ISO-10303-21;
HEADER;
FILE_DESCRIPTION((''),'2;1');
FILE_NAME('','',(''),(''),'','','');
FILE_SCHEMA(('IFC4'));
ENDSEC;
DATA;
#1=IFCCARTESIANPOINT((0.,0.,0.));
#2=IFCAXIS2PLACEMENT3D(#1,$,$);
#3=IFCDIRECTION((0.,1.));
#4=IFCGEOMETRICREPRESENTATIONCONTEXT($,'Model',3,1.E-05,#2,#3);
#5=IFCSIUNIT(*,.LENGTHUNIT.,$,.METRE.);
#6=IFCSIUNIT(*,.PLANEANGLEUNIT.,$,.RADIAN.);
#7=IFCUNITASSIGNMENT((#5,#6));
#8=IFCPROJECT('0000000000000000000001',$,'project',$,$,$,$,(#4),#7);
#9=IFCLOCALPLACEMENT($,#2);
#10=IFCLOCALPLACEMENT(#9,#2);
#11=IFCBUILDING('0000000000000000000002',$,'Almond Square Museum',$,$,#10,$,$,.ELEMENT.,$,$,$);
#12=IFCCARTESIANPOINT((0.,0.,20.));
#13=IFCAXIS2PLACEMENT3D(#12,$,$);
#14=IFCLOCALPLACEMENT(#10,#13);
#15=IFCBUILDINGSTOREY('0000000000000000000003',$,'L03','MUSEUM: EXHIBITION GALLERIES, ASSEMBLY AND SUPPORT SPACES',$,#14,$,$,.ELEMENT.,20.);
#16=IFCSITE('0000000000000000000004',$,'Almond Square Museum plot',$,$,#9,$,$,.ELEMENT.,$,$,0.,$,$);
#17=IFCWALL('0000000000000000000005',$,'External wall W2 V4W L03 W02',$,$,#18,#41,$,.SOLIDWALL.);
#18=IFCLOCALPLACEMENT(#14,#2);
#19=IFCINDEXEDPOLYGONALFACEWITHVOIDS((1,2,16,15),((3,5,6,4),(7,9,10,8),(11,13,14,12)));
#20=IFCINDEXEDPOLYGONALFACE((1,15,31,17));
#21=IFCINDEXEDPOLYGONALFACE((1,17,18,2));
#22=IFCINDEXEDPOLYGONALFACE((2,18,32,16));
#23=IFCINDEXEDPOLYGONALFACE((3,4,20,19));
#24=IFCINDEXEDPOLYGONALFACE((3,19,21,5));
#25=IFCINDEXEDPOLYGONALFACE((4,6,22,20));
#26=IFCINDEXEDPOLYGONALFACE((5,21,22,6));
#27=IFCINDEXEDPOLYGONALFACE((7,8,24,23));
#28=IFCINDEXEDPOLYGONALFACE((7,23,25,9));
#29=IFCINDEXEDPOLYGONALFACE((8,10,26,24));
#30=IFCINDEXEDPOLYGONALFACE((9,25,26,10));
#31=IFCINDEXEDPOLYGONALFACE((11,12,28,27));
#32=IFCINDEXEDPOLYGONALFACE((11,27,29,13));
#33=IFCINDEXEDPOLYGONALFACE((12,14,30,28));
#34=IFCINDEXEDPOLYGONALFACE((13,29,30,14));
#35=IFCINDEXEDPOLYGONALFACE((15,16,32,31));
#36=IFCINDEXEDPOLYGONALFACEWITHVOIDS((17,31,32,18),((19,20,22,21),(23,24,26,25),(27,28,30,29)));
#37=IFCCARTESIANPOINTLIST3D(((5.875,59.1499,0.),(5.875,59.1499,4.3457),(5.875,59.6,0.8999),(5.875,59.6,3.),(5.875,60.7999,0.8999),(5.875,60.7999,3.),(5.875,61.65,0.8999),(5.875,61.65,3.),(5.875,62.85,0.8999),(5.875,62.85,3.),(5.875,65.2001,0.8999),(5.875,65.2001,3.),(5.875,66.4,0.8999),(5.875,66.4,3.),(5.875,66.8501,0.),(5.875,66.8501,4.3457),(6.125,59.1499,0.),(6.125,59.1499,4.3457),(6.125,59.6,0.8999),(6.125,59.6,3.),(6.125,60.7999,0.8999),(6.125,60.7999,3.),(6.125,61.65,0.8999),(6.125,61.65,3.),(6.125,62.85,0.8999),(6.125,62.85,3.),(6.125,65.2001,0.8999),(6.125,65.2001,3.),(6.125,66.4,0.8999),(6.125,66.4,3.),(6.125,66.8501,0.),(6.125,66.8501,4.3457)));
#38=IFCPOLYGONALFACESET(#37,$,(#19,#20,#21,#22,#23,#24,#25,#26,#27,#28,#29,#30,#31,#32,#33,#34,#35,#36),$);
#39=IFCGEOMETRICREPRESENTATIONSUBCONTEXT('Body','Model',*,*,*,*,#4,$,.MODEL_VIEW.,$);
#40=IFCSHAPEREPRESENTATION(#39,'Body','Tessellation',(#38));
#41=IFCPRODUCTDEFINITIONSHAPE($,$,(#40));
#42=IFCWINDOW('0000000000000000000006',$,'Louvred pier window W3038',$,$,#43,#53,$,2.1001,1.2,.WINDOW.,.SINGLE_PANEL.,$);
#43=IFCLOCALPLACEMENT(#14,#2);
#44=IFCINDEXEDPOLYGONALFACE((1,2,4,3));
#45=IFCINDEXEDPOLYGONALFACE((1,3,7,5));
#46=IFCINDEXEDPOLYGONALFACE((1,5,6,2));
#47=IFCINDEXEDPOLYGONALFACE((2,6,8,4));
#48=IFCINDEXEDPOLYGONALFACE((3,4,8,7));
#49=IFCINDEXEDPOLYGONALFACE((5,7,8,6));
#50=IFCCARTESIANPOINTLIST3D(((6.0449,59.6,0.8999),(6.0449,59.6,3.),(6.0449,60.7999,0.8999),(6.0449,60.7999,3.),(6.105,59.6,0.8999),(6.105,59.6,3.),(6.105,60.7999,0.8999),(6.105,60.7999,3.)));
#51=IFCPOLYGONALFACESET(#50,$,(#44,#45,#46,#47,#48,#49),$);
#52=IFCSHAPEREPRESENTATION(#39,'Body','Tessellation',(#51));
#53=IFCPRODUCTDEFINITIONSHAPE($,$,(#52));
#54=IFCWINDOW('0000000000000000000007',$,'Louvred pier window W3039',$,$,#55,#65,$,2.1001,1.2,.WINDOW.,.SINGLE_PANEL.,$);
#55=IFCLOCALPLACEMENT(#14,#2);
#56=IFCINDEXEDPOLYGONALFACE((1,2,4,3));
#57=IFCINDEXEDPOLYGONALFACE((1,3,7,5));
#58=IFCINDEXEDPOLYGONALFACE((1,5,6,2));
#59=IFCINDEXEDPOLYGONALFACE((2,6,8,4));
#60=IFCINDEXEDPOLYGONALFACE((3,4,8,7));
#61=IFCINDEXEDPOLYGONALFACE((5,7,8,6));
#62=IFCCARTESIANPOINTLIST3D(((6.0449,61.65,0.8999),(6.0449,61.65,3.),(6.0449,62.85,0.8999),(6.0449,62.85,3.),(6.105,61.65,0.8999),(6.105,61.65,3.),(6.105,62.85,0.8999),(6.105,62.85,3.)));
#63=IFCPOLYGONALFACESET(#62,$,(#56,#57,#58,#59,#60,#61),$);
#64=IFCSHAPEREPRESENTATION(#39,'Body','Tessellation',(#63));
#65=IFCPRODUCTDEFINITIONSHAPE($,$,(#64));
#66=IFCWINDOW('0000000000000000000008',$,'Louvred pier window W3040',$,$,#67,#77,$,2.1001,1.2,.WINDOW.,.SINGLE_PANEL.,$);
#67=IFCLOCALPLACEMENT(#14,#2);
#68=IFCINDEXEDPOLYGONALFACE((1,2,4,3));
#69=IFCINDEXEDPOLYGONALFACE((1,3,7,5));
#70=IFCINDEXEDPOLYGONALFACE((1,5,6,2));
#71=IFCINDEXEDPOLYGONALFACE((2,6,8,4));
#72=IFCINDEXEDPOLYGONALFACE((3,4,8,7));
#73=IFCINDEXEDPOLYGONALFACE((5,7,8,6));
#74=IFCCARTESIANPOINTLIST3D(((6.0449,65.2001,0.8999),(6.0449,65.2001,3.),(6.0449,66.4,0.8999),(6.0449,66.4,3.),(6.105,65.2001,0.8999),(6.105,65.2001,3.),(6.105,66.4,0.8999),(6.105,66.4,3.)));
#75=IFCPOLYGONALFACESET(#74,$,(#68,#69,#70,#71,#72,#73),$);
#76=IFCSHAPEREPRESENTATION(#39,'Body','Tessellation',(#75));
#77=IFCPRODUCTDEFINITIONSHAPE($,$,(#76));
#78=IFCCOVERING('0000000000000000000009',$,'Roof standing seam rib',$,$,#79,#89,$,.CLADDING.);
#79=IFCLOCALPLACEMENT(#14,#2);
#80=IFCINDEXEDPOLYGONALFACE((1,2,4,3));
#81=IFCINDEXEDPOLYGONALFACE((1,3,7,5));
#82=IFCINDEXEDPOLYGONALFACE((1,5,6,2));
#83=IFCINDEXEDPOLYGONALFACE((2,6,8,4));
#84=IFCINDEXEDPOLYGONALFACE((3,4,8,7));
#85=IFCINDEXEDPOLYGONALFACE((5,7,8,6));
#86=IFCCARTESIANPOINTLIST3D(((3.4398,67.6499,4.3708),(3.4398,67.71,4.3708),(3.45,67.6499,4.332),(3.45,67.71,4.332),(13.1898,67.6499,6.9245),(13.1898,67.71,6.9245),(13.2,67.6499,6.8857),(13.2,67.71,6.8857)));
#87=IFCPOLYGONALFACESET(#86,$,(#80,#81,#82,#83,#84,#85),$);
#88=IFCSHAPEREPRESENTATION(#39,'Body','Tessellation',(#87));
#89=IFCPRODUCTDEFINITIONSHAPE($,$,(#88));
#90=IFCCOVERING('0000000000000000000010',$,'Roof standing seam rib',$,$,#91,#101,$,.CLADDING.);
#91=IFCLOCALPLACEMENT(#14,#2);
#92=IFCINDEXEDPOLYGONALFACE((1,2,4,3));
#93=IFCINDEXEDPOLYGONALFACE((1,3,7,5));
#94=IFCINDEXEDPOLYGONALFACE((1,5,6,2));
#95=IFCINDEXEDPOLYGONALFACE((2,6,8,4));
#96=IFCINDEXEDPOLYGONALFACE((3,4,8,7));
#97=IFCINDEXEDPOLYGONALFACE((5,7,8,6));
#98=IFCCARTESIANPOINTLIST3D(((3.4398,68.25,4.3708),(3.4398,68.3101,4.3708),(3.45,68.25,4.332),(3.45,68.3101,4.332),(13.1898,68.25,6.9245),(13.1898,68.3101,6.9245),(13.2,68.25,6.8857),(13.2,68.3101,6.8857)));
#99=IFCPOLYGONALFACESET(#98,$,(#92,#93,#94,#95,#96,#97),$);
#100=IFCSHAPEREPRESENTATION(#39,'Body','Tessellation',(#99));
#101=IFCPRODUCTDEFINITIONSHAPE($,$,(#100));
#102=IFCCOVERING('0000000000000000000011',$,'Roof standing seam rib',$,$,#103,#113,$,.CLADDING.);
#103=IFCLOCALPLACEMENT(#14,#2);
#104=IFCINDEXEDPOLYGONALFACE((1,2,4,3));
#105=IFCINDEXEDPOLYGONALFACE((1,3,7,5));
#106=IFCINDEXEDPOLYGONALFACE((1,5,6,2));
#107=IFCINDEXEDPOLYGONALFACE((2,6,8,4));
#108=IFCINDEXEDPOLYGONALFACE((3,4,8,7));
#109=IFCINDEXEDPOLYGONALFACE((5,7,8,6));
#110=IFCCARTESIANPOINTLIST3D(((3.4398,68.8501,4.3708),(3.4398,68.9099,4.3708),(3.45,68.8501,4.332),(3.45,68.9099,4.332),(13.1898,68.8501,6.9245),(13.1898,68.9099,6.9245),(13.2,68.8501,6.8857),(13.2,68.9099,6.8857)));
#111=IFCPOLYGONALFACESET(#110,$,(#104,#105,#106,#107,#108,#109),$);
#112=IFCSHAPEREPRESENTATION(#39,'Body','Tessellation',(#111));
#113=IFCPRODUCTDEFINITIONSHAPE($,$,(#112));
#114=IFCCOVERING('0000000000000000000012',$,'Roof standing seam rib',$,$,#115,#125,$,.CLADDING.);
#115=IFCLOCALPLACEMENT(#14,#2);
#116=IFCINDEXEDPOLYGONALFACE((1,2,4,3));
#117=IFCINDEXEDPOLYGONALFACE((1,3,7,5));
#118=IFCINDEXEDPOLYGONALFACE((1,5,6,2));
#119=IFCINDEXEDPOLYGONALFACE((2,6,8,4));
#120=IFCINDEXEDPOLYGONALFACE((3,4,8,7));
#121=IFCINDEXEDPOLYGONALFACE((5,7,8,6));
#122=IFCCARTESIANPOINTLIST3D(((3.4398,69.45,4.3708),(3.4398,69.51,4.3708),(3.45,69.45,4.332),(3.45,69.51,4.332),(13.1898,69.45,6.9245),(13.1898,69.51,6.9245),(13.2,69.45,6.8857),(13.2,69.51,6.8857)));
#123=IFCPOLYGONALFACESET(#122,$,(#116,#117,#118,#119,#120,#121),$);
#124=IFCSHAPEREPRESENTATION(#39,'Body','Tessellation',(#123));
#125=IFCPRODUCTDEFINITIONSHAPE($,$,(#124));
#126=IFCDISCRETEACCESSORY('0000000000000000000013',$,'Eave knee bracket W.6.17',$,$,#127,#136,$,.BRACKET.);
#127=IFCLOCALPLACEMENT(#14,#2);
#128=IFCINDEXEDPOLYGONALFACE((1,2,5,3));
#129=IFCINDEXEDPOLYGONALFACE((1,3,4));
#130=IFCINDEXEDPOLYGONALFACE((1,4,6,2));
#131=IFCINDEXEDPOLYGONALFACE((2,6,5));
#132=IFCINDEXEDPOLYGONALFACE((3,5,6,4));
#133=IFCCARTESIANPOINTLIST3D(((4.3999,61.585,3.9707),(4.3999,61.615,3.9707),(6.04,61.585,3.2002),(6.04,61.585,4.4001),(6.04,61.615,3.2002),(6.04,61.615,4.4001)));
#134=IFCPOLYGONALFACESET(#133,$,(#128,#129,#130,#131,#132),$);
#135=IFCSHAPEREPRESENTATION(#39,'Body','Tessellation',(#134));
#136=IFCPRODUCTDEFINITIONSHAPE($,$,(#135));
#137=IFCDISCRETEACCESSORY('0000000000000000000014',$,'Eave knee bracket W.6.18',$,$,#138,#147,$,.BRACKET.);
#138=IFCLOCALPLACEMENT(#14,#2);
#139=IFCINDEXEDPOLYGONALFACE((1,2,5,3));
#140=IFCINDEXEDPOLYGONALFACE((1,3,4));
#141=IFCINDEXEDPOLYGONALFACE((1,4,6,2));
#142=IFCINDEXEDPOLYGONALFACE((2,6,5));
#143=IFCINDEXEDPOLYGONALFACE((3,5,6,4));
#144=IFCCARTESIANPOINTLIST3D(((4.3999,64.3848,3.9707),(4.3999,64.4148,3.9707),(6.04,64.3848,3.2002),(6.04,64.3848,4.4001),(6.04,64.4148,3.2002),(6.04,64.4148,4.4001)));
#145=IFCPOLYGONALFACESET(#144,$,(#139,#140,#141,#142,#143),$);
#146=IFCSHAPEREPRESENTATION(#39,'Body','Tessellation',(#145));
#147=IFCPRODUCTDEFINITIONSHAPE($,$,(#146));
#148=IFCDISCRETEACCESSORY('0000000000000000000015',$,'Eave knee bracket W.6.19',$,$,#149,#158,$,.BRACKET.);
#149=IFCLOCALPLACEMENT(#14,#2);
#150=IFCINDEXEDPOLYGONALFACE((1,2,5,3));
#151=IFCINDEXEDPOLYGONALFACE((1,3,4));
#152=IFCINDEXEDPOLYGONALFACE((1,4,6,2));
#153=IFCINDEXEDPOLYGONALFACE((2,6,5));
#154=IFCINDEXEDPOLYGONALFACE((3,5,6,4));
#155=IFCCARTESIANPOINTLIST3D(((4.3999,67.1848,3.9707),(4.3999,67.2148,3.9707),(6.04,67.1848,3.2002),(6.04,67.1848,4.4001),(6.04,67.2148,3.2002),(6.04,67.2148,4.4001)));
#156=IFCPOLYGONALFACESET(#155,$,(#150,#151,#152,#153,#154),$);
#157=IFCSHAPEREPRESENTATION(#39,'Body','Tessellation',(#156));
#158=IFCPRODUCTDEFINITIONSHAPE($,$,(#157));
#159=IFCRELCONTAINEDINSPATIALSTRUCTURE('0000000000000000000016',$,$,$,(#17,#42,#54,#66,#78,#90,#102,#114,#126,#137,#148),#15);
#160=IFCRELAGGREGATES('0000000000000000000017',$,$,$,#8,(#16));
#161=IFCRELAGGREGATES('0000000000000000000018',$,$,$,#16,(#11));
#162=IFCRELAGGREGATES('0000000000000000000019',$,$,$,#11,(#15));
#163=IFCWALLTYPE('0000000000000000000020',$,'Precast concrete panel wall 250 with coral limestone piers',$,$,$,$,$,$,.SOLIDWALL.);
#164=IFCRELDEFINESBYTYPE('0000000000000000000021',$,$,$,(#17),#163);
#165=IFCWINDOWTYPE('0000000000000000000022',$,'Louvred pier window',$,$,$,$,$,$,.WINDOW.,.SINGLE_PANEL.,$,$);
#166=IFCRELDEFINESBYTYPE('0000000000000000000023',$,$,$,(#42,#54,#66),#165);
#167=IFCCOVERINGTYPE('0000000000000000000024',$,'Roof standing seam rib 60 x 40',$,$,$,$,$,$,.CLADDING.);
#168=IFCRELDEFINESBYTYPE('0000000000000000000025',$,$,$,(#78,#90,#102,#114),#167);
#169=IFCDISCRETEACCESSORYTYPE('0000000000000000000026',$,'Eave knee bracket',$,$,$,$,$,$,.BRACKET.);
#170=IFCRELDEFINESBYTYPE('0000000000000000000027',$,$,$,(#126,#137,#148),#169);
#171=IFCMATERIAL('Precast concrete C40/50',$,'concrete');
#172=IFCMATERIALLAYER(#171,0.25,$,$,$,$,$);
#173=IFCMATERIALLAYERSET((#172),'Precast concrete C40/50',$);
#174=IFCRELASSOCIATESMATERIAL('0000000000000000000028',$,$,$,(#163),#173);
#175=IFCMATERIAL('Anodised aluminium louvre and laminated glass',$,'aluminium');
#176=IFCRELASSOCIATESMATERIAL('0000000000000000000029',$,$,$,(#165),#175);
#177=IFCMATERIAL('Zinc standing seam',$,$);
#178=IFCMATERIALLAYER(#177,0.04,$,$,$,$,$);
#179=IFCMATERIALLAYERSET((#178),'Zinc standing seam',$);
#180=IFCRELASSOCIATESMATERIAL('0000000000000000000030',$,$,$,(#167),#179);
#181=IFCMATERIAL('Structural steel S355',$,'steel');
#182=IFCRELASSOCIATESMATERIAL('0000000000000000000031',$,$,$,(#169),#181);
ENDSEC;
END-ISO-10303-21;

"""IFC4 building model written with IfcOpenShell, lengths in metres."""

from ifc_helpers import new_model, si_unit, direction, frame, frame_2d, origin, place, context, subcontext, project, spatial, polyline, rectangle, outline, extrude, material, layer, layer_set, type_object, element, fill, save


model = new_model("IFC4")

# Units and contexts
model_context = context("Model", 3, precision=1e-05, world=origin(), true_north=direction((0.0, 1.0)))
body_context = subcontext(model_context, "Body", "Model", "MODEL_VIEW")
ifc_project = project(units=[si_unit("LENGTHUNIT", "METRE"), si_unit("PLANEANGLEUNIT", "RADIAN")], contexts=[model_context])

# Site, building, storey
site_placement = place(None, origin())
site = spatial("IfcSite", under=ifc_project, at=site_placement, Name="Almond Square Museum plot", CompositionType="ELEMENT", RefElevation=0.0)
building_placement = place(site_placement, origin())
building = spatial("IfcBuilding", under=site, at=building_placement, Name="Almond Square Museum", CompositionType="ELEMENT")
storey_placement = place(building_placement, frame((0.0, 0.0, 20.0)))
storey = spatial("IfcBuildingStorey", under=building, at=storey_placement, Name="L03", Description="MUSEUM: EXHIBITION GALLERIES, ASSEMBLY AND SUPPORT SPACES", CompositionType="ELEMENT", Elevation=20.0)

# Wall, openings, windows
ifc_material_1 = material(Name="Precast concrete C40/50", Category="concrete")
ifc_layer_1 = layer(ifc_material_1, 0.25)
ifc_layer_set_1 = layer_set([ifc_layer_1], Name="Precast concrete C40/50")
wall_type_1 = type_object("IfcWallType", Name="Precast concrete panel wall 250 with coral limestone piers", PredefinedType="SOLIDWALL", material=ifc_layer_set_1)
ifc_material_2 = material(Name="Anodised aluminium louvre and laminated glass", Category="aluminium")
window_type = type_object("IfcWindowType", Name="Louvred pier window", PartitioningType="SINGLE_PANEL", PredefinedType="WINDOW", material=ifc_material_2)
wall_1_placement = place(storey_placement, frame((6.0, 59.1499, 0.0), z_axis=(0.0, 0.0, 1.0), x_axis=(0.0, 1.0, 0.0)))
wall_1 = element("IfcWall", 1, at=wall_1_placement, inside=storey, type_object=wall_type_1, Name="External wall W2 V4W L03 W02", PredefinedType="SOLIDWALL", context=body_context, shape_type="SweptSolid", body=[
    extrude(rectangle(XDim=7.7002, YDim=0.25, at=frame_2d((3.8501, 0.0))), origin(), (0.0, 0.0, 1.0), 4.3457),
])
opening_1_placement = place(wall_1_placement, frame((0.45, 0.0, 0.8999)))
opening_1 = element("IfcOpeningElement", 2, at=opening_1_placement, cuts=wall_1, PredefinedType="OPENING", context=body_context, shape_type="SweptSolid", body=[
    extrude(rectangle(XDim=1.2, YDim=2.1001, at=frame_2d((0.6001, 1.05))), frame((0.0, 0.135, 0.0), z_axis=(0.0, -1.0, 0.0), x_axis=(1.0, 0.0, 0.0)), (0.0, 0.0, 1.0), 0.27),
])
opening_2_placement = place(wall_1_placement, frame((2.5, 0.0, 0.8999)))
opening_2 = element("IfcOpeningElement", 3, at=opening_2_placement, cuts=wall_1, PredefinedType="OPENING", context=body_context, shape_type="SweptSolid", body=[
    extrude(rectangle(XDim=1.2, YDim=2.1001, at=frame_2d((0.6001, 1.05))), frame((0.0, 0.135, 0.0), z_axis=(0.0, -1.0, 0.0), x_axis=(1.0, 0.0, 0.0)), (0.0, 0.0, 1.0), 0.27),
])
opening_3_placement = place(wall_1_placement, frame((6.05, 0.0, 0.8999)))
opening_3 = element("IfcOpeningElement", 4, at=opening_3_placement, cuts=wall_1, PredefinedType="OPENING", context=body_context, shape_type="SweptSolid", body=[
    extrude(rectangle(XDim=1.2, YDim=2.1001, at=frame_2d((0.6001, 1.05))), frame((0.0, 0.135, 0.0), z_axis=(0.0, -1.0, 0.0), x_axis=(1.0, 0.0, 0.0)), (0.0, 0.0, 1.0), 0.27),
])
window_1_placement = place(opening_1_placement, origin())
window_1 = element("IfcWindow", 5, at=window_1_placement, inside=storey, type_object=window_type, Name="Louvred pier window W3038", OverallHeight=2.1001, OverallWidth=1.2, PartitioningType="SINGLE_PANEL", PredefinedType="WINDOW", context=body_context, shape_type="SweptSolid", body=[
    extrude(rectangle(XDim=1.2, YDim=2.1001, at=frame_2d((0.6001, 1.05))), frame((0.0, -0.0449, 0.0), z_axis=(0.0, -1.0, 0.0), x_axis=(1.0, 0.0, 0.0)), (0.0, 0.0, 1.0), 0.0601),
])
fill(opening_1, window_1)
window_2_placement = place(opening_2_placement, origin())
window_2 = element("IfcWindow", 6, at=window_2_placement, inside=storey, type_object=window_type, Name="Louvred pier window W3039", OverallHeight=2.1001, OverallWidth=1.2, PartitioningType="SINGLE_PANEL", PredefinedType="WINDOW", context=body_context, shape_type="SweptSolid", body=[
    extrude(rectangle(XDim=1.2, YDim=2.1001, at=frame_2d((0.6001, 1.05))), frame((0.0, -0.0449, 0.0), z_axis=(0.0, -1.0, 0.0), x_axis=(1.0, 0.0, 0.0)), (0.0, 0.0, 1.0), 0.0601),
])
fill(opening_2, window_2)
window_3_placement = place(opening_3_placement, origin())
window_3 = element("IfcWindow", 7, at=window_3_placement, inside=storey, type_object=window_type, Name="Louvred pier window W3040", OverallHeight=2.1001, OverallWidth=1.2, PartitioningType="SINGLE_PANEL", PredefinedType="WINDOW", context=body_context, shape_type="SweptSolid", body=[
    extrude(rectangle(XDim=1.2, YDim=2.1001, at=frame_2d((0.6001, 1.05))), frame((0.0, -0.0449, 0.0), z_axis=(0.0, -1.0, 0.0), x_axis=(1.0, 0.0, 0.0)), (0.0, 0.0, 1.0), 0.0601),
])
fill(opening_3, window_3)

# Coverings
ifc_material_3 = material(Name="Zinc standing seam")
ifc_layer_2 = layer(ifc_material_3, 0.04)
ifc_layer_set_2 = layer_set([ifc_layer_2], Name="Zinc standing seam")
covering_type = type_object("IfcCoveringType", Name="Roof standing seam rib 60 x 40", PredefinedType="CLADDING", material=ifc_layer_set_2)
for number, where, z_axis, x_axis, name in (
    (8, (13.2, 67.6499, 6.8857), (-0.253372, 0.0, 0.967369), (0.0, 1.0, 0.0), "Roof standing seam rib"),
    (9, (13.2, 68.25, 6.8857), (-0.253372, 0.0, 0.967369), (0.0, 1.0, 0.0), "Roof standing seam rib"),
):
    element("IfcCovering", number, at=place(storey_placement, frame(where, z_axis=z_axis, x_axis=x_axis)), inside=storey, type_object=covering_type, Name=name, PredefinedType="CLADDING", context=body_context, shape_type="SweptSolid", body=[
        extrude(outline(polyline([(0.0, 0.0), (0.0601, 0.0), (0.0601, 10.0789), (0.0, 10.0789), (0.0, 0.0)])), origin(), (0.0, 0.0, 1.0), 0.04),
    ])
covering_1_placement = place(storey_placement, frame((13.2, 68.8501, 6.8857), z_axis=(-0.253372, 0.0, 0.967369), x_axis=(0.0, 1.0, 0.0)))
element("IfcCovering", 10, at=covering_1_placement, inside=storey, type_object=covering_type, Name="Roof standing seam rib", PredefinedType="CLADDING", context=body_context, shape_type="SweptSolid", body=[
    extrude(outline(polyline([(0.0, 0.0), (0.0598, 0.0), (0.0598, 10.0789), (0.0, 10.0789), (0.0, 0.0)])), origin(), (0.0, 0.0, 1.0), 0.04),
])
covering_2_placement = place(storey_placement, frame((13.2, 69.45, 6.8857), z_axis=(-0.253372, 0.0, 0.967369), x_axis=(0.0, 1.0, 0.0)))
element("IfcCovering", 11, at=covering_2_placement, inside=storey, type_object=covering_type, Name="Roof standing seam rib", PredefinedType="CLADDING", context=body_context, shape_type="SweptSolid", body=[
    extrude(outline(polyline([(0.0, 0.0), (0.0601, 0.0), (0.0601, 10.0789), (0.0, 10.0789), (0.0, 0.0)])), origin(), (0.0, 0.0, 1.0), 0.04),
])

# Discrete accessories
ifc_material_4 = material(Name="Structural steel S355", Category="steel")
discrete_accessory_type = type_object("IfcDiscreteAccessoryType", Name="Eave knee bracket", PredefinedType="BRACKET", material=ifc_material_4)
for number, where, z_axis, x_axis, name in (
    (12, (6.04, 61.6001, 4.4001), (0.0, 1.0, 0.0), (0.0, 0.0, -1.0), "Eave knee bracket W.6.17"),
    (13, (6.04, 64.3999, 4.4001), (0.0, 1.0, 0.0), (0.0, 0.0, -1.0), "Eave knee bracket W.6.18"),
    (14, (6.04, 67.2, 4.4001), (0.0, 1.0, 0.0), (0.0, 0.0, -1.0), "Eave knee bracket W.6.19"),
):
    element("IfcDiscreteAccessory", number, at=place(storey_placement, frame(where, z_axis=z_axis, x_axis=x_axis)), inside=storey, type_object=discrete_accessory_type, Name=name, PredefinedType="BRACKET", context=body_context, shape_type="SweptSolid", body=[
        extrude(outline(polyline([(0.0, 0.0), (1.2, 0.0), (0.4294, 1.6401), (0.0, 0.0)])), frame((0.0, 0.0, -0.0151)), (0.0, 0.0, 1.0), 0.03),
    ])

save(model, "model.ifc")
